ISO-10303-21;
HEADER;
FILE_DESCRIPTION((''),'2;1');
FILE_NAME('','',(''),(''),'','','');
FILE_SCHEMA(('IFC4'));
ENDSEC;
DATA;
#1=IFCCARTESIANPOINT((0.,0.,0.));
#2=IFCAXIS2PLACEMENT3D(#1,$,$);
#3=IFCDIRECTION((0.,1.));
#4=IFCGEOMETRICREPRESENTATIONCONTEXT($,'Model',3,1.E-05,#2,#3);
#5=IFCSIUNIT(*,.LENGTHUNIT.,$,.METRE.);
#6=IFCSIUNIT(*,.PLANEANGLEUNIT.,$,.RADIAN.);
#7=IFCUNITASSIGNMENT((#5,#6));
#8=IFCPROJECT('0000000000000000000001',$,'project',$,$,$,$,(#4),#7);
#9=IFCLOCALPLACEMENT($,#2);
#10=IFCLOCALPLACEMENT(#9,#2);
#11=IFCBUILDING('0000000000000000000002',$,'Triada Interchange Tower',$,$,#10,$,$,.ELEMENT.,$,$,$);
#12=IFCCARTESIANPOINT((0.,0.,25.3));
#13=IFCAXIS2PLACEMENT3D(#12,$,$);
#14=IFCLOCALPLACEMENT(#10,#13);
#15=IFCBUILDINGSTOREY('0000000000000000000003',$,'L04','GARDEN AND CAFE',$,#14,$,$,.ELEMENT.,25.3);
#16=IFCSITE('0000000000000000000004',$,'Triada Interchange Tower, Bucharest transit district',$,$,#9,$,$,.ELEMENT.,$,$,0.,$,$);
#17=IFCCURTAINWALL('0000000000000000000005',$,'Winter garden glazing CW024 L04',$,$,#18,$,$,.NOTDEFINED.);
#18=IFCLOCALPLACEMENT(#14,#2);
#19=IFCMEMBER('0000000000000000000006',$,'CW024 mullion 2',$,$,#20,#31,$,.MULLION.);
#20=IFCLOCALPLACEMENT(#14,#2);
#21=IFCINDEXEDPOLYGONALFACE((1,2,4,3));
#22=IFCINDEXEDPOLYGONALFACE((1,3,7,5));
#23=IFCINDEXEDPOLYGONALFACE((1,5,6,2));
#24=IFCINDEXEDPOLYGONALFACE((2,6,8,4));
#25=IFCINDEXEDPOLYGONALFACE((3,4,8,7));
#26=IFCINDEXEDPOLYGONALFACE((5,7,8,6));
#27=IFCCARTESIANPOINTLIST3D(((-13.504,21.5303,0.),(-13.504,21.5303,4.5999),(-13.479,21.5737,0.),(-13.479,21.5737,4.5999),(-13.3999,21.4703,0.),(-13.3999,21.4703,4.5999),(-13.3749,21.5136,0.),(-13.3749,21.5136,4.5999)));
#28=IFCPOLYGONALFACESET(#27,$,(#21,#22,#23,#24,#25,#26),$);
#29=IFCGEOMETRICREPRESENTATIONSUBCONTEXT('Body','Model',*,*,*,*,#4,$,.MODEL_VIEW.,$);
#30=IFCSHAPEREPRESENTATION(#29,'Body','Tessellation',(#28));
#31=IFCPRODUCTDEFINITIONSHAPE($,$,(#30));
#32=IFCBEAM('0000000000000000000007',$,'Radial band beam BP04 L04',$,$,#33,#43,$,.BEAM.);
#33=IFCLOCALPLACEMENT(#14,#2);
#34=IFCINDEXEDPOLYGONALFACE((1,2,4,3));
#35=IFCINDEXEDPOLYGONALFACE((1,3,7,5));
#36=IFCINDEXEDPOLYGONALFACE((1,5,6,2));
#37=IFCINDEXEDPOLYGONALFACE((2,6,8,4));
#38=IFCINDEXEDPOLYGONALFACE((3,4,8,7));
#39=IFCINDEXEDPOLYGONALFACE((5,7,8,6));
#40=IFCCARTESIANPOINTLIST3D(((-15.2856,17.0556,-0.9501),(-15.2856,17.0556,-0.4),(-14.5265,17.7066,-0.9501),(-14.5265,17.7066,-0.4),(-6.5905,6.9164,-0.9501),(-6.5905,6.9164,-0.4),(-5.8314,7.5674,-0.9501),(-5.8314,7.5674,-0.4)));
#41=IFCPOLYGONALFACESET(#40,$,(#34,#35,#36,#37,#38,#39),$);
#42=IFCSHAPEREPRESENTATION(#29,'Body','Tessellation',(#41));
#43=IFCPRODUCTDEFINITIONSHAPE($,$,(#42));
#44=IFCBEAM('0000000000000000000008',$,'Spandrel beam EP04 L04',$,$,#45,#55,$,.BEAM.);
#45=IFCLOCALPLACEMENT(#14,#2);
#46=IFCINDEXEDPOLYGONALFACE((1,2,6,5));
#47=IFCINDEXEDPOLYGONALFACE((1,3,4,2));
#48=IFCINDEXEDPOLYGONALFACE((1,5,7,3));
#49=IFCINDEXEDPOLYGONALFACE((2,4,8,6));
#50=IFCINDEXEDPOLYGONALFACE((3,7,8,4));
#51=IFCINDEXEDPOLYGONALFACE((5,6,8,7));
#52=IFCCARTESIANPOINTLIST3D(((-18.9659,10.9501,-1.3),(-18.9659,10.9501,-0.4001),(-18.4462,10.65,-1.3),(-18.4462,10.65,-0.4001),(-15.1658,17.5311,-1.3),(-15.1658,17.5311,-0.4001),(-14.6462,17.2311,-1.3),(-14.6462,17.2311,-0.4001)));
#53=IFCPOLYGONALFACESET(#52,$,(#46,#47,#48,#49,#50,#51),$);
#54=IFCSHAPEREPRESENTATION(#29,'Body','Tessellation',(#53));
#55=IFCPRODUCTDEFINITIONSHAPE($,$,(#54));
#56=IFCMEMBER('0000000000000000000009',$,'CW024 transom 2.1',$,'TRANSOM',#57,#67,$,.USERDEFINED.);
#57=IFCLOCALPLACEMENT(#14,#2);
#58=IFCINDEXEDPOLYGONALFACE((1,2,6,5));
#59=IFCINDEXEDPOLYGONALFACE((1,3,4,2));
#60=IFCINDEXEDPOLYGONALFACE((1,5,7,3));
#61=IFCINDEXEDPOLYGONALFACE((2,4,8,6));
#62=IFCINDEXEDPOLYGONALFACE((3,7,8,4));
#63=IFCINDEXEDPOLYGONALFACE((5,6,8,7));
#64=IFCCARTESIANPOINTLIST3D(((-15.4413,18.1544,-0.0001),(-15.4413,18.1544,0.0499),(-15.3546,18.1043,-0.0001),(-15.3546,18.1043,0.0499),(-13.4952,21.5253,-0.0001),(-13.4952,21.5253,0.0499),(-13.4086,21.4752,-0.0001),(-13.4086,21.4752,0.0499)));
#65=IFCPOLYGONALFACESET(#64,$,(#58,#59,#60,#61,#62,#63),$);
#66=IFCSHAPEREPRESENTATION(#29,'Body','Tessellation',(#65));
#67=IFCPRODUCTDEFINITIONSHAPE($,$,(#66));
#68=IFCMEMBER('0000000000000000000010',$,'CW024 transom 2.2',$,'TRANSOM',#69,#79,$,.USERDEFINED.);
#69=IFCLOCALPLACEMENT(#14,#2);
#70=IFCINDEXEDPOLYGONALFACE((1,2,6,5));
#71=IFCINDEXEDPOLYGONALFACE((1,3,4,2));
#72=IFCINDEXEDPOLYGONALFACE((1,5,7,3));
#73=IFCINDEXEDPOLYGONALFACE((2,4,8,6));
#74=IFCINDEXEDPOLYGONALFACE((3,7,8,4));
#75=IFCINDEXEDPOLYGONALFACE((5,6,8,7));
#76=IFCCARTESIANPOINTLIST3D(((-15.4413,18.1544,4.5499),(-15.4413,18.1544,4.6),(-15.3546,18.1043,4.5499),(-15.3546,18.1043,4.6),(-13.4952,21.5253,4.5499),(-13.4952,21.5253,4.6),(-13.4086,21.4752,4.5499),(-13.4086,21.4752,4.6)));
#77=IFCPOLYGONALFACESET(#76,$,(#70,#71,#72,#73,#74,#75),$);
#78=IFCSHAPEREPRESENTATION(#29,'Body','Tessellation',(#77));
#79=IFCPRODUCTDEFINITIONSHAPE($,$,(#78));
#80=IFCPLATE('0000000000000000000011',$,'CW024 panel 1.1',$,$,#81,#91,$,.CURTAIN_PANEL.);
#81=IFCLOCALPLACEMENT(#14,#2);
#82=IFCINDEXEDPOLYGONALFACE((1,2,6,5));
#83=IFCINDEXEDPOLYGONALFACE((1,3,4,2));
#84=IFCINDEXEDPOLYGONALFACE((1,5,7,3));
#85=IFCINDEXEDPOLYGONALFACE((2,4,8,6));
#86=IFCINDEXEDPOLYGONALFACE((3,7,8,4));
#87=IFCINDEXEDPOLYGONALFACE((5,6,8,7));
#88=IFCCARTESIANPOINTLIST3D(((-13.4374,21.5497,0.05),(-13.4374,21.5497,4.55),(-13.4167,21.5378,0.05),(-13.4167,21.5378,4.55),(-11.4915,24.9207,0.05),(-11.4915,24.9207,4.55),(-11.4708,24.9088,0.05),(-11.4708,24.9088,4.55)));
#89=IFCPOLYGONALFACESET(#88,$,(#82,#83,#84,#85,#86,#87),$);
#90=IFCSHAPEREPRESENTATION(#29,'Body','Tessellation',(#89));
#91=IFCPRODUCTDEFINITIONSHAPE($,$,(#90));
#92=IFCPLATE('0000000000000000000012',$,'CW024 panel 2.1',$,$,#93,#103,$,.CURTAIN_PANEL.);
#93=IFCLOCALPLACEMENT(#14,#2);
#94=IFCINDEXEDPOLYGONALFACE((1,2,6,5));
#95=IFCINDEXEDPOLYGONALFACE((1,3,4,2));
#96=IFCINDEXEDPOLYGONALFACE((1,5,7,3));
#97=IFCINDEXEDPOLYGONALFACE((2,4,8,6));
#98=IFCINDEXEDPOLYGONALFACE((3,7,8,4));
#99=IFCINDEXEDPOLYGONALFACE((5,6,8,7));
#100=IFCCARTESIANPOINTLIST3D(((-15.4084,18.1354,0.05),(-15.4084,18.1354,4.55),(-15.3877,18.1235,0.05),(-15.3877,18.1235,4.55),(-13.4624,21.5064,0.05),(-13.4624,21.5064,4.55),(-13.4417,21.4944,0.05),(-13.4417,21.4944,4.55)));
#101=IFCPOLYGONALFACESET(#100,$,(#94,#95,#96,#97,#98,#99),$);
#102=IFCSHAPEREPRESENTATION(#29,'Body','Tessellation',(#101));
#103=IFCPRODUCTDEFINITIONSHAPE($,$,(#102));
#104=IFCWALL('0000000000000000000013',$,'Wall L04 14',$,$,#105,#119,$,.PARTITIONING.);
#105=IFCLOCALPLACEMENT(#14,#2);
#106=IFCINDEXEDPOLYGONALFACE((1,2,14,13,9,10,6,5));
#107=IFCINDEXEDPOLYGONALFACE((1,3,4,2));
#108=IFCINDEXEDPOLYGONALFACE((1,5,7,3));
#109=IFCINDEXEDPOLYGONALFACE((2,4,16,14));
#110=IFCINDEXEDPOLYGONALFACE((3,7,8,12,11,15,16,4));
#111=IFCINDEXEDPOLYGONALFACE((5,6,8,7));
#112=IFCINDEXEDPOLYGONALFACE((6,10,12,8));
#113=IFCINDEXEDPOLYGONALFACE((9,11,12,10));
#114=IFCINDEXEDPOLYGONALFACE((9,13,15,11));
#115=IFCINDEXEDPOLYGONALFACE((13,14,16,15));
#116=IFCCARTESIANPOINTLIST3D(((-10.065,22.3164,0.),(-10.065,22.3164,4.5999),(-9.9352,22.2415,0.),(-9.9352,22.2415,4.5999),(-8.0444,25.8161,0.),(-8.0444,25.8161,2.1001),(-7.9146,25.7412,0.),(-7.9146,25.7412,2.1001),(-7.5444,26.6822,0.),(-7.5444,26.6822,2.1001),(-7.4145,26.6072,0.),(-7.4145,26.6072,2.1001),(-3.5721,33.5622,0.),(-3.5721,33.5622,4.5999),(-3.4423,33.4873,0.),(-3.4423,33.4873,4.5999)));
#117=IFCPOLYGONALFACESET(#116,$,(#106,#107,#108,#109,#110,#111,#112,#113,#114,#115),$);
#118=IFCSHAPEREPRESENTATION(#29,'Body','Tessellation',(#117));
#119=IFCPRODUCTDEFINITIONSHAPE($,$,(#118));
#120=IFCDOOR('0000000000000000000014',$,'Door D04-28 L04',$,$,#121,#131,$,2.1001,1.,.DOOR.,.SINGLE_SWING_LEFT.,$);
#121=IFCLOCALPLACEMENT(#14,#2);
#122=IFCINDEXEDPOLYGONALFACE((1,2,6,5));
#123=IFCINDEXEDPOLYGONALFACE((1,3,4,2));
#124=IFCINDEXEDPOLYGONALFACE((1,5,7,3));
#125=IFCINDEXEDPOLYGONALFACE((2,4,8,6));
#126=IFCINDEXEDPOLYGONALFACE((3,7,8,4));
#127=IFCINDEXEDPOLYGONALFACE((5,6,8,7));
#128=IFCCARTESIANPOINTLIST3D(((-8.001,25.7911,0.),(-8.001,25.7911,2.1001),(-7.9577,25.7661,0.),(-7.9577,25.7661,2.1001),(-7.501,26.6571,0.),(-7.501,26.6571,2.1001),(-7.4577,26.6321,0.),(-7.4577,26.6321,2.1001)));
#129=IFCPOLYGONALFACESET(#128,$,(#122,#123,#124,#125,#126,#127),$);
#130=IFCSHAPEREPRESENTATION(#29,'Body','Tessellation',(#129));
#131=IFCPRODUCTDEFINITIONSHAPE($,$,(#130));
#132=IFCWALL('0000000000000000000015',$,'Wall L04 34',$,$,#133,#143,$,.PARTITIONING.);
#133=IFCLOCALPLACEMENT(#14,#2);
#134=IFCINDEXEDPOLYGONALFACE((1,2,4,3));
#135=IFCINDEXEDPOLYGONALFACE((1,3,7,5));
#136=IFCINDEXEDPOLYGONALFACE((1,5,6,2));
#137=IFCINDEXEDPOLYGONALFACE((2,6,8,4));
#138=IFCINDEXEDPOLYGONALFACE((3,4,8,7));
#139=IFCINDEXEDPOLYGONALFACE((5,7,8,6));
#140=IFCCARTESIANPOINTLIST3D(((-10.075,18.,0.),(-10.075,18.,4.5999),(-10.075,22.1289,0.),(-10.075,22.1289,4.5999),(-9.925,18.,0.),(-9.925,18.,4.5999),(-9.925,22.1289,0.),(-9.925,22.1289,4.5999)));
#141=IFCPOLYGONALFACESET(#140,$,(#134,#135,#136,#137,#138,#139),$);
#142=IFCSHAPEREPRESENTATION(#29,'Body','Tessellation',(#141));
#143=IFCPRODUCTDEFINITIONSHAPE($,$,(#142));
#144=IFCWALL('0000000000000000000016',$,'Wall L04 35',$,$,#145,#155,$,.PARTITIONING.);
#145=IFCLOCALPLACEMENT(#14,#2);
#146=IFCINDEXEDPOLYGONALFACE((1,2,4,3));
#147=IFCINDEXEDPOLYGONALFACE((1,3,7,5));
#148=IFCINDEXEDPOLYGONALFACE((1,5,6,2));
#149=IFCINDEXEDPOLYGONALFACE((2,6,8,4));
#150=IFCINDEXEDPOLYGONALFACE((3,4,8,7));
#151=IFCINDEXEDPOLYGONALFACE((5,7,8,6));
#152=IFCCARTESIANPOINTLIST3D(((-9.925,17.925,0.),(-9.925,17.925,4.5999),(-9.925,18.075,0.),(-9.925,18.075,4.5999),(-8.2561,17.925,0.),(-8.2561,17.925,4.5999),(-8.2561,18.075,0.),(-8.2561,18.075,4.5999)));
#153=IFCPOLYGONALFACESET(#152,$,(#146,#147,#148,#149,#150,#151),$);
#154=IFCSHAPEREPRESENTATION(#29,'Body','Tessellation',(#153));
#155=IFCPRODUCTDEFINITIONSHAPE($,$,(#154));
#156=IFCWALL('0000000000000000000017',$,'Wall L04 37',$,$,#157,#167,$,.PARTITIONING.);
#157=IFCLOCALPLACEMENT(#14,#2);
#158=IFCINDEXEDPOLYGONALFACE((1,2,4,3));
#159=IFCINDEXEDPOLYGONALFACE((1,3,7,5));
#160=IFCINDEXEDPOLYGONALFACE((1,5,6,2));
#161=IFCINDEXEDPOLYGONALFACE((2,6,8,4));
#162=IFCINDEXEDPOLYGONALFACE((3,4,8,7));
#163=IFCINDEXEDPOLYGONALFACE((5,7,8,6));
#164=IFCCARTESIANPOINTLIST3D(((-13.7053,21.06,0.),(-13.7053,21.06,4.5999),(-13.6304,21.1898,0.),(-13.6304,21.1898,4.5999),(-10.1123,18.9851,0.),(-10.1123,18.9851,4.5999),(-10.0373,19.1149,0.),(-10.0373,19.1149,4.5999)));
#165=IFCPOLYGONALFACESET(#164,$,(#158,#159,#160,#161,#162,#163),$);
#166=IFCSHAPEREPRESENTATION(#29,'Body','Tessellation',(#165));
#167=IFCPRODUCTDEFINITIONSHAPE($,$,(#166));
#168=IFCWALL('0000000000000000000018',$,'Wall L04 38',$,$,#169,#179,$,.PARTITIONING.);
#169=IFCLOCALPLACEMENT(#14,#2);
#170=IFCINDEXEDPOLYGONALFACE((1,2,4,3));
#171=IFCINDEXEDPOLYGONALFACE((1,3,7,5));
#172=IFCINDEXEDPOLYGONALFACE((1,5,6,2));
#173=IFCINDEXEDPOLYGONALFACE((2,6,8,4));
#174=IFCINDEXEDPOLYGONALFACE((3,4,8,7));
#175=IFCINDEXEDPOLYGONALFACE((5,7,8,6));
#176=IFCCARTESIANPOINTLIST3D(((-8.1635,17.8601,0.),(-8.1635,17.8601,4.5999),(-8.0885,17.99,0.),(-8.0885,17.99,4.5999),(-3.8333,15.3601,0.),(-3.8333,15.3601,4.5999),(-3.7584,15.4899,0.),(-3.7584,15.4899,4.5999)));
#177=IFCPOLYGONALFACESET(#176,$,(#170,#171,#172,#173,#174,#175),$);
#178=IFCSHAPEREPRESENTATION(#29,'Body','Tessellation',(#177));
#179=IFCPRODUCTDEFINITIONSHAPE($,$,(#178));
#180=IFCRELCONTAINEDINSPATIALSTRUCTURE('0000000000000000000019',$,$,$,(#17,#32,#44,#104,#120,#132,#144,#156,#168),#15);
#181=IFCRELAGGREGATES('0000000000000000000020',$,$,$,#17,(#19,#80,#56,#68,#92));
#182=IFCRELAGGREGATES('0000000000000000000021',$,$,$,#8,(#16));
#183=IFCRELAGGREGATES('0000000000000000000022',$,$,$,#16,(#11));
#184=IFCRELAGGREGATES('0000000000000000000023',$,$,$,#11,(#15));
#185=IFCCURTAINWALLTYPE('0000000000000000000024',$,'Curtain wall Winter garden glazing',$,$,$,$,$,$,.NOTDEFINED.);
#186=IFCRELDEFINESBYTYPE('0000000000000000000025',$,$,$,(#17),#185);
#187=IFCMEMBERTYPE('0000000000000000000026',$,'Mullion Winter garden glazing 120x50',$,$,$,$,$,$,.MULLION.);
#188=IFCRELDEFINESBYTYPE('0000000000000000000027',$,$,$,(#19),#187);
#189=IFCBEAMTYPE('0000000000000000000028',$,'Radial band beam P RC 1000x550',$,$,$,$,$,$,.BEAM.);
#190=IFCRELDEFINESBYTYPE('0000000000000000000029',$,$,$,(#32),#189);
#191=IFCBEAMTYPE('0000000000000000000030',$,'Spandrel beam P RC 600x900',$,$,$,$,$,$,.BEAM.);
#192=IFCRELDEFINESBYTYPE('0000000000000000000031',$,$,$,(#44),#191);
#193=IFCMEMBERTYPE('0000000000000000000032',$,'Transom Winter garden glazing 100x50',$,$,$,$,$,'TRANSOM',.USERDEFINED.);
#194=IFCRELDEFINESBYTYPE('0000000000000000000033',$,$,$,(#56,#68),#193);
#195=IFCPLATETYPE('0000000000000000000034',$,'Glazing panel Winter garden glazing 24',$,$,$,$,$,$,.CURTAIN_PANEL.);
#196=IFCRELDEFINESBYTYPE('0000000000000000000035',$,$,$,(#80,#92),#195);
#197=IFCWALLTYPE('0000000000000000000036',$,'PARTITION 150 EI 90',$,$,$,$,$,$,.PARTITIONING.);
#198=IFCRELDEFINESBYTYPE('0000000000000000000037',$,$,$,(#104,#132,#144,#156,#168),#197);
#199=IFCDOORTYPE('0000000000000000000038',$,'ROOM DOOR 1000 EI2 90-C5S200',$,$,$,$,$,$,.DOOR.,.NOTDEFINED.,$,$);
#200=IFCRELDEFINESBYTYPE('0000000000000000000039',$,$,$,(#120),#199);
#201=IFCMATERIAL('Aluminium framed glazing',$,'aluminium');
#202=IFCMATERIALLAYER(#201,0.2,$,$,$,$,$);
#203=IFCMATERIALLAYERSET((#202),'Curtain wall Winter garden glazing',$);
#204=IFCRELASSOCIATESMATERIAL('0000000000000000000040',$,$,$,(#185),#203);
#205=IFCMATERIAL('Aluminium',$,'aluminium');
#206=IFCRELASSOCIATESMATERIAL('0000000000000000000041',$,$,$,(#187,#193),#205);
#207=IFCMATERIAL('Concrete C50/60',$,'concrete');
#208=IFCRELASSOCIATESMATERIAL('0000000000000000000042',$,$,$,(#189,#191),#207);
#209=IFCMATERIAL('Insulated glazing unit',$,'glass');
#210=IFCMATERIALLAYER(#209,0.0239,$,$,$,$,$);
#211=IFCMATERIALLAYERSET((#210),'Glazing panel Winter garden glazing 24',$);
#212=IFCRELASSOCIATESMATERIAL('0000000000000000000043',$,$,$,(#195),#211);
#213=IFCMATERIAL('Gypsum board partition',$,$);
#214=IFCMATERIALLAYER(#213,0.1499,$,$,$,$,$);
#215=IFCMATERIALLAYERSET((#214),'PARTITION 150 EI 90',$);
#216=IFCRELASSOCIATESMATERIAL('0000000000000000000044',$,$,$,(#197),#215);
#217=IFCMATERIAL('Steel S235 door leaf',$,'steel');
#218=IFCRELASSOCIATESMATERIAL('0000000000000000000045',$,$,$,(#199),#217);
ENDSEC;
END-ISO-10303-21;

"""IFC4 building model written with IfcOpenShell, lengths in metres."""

from ifc_helpers import new_model, si_unit, direction, frame, frame_2d, origin, origin_2d, place, context, subcontext, project, spatial, rectangle, extrude, material, layer, layer_set, material_profile, profile_set, type_object, element, fill, aggregate, save


model = new_model("IFC4")

# Units and contexts
model_context = context("Model", 3, precision=1e-05, world=origin(), true_north=direction((0.0, 1.0)))
body_context = subcontext(model_context, "Body", "Model", "MODEL_VIEW")
ifc_project = project(units=[si_unit("LENGTHUNIT", "METRE"), si_unit("PLANEANGLEUNIT", "RADIAN")], contexts=[model_context])

# Site, building, storey
site_placement = place(None, origin())
site = spatial("IfcSite", under=ifc_project, at=site_placement, Name="Triada Interchange Tower, Bucharest transit district", CompositionType="ELEMENT", RefElevation=0.0)
building_placement = place(site_placement, origin())
building = spatial("IfcBuilding", under=site, at=building_placement, Name="Triada Interchange Tower", CompositionType="ELEMENT")
storey_placement = place(building_placement, frame((0.0, 0.0, 25.3)))
storey = spatial("IfcBuildingStorey", under=building, at=storey_placement, Name="L04", Description="GARDEN AND CAFE", CompositionType="ELEMENT", Elevation=25.3)

# Curtain wall, member
ifc_material_1 = material(Name="Aluminium framed glazing", Category="aluminium")
ifc_layer_1 = layer(ifc_material_1, 0.2)
ifc_layer_set_1 = layer_set([ifc_layer_1], Name="Curtain wall Winter garden glazing")
curtain_wall_type = type_object("IfcCurtainWallType", Name="Curtain wall Winter garden glazing", PredefinedType="NOTDEFINED", material=ifc_layer_set_1)
curtain_wall_placement = place(storey_placement, origin())
curtain_wall = element("IfcCurtainWall", 1, at=curtain_wall_placement, inside=storey, type_object=curtain_wall_type, Name="Winter garden glazing CW024 L04", PredefinedType="NOTDEFINED")
ifc_material_2 = material(Name="Aluminium", Category="aluminium")
ifc_material_profile_1 = material_profile(ifc_material_2, rectangle(XDim=0.1201, YDim=0.05, at=origin_2d()), Name="Aluminium mullion")
ifc_profile_set_1 = profile_set([ifc_material_profile_1], Name="Aluminium")
member_type_1 = type_object("IfcMemberType", Name="Mullion Winter garden glazing 120x50", PredefinedType="MULLION", material=ifc_profile_set_1)
member_1_placement = place(storey_placement, frame((-13.4395, 21.522, 0.0), z_axis=(0.0, 0.0, 1.0), x_axis=(0.866055, -0.499948, 0.0)))
member_1 = element("IfcMember", 2, at=member_1_placement, type_object=member_type_1, Name="CW024 mullion 2", PredefinedType="MULLION", context=body_context, shape_type="SweptSolid", body=[
    extrude(rectangle(XDim=0.1201, YDim=0.05, at=origin_2d()), origin(), (0.0, 0.0, 1.0), 4.5999),
])

# Beams
ifc_material_3 = material(Name="Concrete C50/60", Category="concrete")
ifc_material_profile_2 = material_profile(ifc_material_3, rectangle(XDim=1.0, YDim=0.55, at=origin_2d()), Name="RC 1000x550")
ifc_profile_set_2 = profile_set([ifc_material_profile_2], Name="Concrete C50/60")
beam_type_1 = type_object("IfcBeamType", Name="Radial band beam P RC 1000x550", PredefinedType="BEAM", material=ifc_profile_set_2)
beam_1_placement = place(storey_placement, frame((-14.906, 17.3811, -0.675), z_axis=(0.65098, -0.759095, 0.0), x_axis=(0.759095, 0.65098, 0.0)))
element("IfcBeam", 3, at=beam_1_placement, inside=storey, type_object=beam_type_1, Name="Radial band beam BP04 L04", PredefinedType="BEAM", context=body_context, shape_type="SweptSolid", body=[
    extrude(rectangle(XDim=1.0, YDim=0.55, at=origin_2d()), origin(), (0.0, 0.0, 1.0), 13.3569),
])
ifc_material_profile_3 = material_profile(ifc_material_3, rectangle(XDim=0.6001, YDim=0.8999, at=origin_2d()), Name="RC 600x900")
ifc_profile_set_3 = profile_set([ifc_material_profile_3], Name="Concrete C50/60")
beam_type_2 = type_object("IfcBeamType", Name="Spandrel beam P RC 600x900", PredefinedType="BEAM", material=ifc_profile_set_3)
beam_2_placement = place(storey_placement, frame((-14.906, 17.3811, -0.8501), z_axis=(-0.500047, -0.865998, 0.0), x_axis=(0.865998, -0.500047, 0.0)))
element("IfcBeam", 4, at=beam_2_placement, inside=storey, type_object=beam_type_2, Name="Spandrel beam EP04 L04", PredefinedType="BEAM", context=body_context, shape_type="SweptSolid", body=[
    extrude(rectangle(XDim=0.6001, YDim=0.8999, at=origin_2d()), origin(), (0.0, 0.0, 1.0), 7.5994),
])

# Members
ifc_material_profile_4 = material_profile(ifc_material_2, rectangle(XDim=0.1001, YDim=0.05, at=origin_2d()), Name="Aluminium transom")
ifc_profile_set_4 = profile_set([ifc_material_profile_4], Name="Aluminium")
member_type_2 = type_object("IfcMemberType", Name="Transom Winter garden glazing 100x50", ElementType="TRANSOM", PredefinedType="USERDEFINED", material=ifc_profile_set_4)
member_2_placement = place(storey_placement, frame((-13.4519, 21.5002, 0.0249), z_axis=(-0.499978, -0.866038, 0.0), x_axis=(0.866038, -0.499978, 0.0)))
member_2 = element("IfcMember", 5, at=member_2_placement, type_object=member_type_2, Name="CW024 transom 2.1", ObjectType="TRANSOM", PredefinedType="USERDEFINED", context=body_context, shape_type="SweptSolid", body=[
    extrude(rectangle(XDim=0.1001, YDim=0.05, at=origin_2d()), origin(), (0.0, 0.0, 1.0), 3.8923),
])
member_3_placement = place(storey_placement, frame((-13.4519, 21.5002, 4.575), z_axis=(-0.499978, -0.866038, 0.0), x_axis=(0.866038, -0.499978, 0.0)))
member_3 = element("IfcMember", 6, at=member_3_placement, type_object=member_type_2, Name="CW024 transom 2.2", ObjectType="TRANSOM", PredefinedType="USERDEFINED", context=body_context, shape_type="SweptSolid", body=[
    extrude(rectangle(XDim=0.1001, YDim=0.05, at=origin_2d()), origin(), (0.0, 0.0, 1.0), 3.8923),
])

# Plates
ifc_material_4 = material(Name="Insulated glazing unit", Category="glass")
ifc_layer_2 = layer(ifc_material_4, 0.0239)
ifc_layer_set_2 = layer_set([ifc_layer_2], Name="Glazing panel Winter garden glazing 24")
plate_type = type_object("IfcPlateType", Name="Glazing panel Winter garden glazing 24", PredefinedType="CURTAIN_PANEL", material=ifc_layer_set_2)
plate_1_placement = place(storey_placement, frame((-12.4541, 23.2292, 0.05), z_axis=(0.0, 0.0, 1.0), x_axis=(-0.499948, -0.866055, 0.0)))
plate_1 = element("IfcPlate", 7, at=plate_1_placement, type_object=plate_type, Name="CW024 panel 1.1", PredefinedType="CURTAIN_PANEL", context=body_context, shape_type="SweptSolid", body=[
    extrude(rectangle(XDim=3.8923, YDim=0.0239, at=origin_2d()), origin(), (0.0, 0.0, 1.0), 4.5),
])
plate_2_placement = place(storey_placement, frame((-14.425, 19.8149, 0.05), z_axis=(0.0, 0.0, 1.0), x_axis=(-0.499948, -0.866055, 0.0)))
plate_2 = element("IfcPlate", 8, at=plate_2_placement, type_object=plate_type, Name="CW024 panel 2.1", PredefinedType="CURTAIN_PANEL", context=body_context, shape_type="SweptSolid", body=[
    extrude(rectangle(XDim=3.8923, YDim=0.0239, at=origin_2d()), origin(), (0.0, 0.0, 1.0), 4.5),
])
aggregate(curtain_wall, [member_1, plate_1, member_2, member_3, plate_2])

# Wall, opening, door
ifc_material_5 = material(Name="Steel S235 door leaf", Category="steel")
ifc_material_6 = material(Name="Gypsum board partition")
ifc_layer_3 = layer(ifc_material_6, 0.1499)
ifc_layer_set_3 = layer_set([ifc_layer_3], Name="PARTITION 150 EI 90")
wall_type_1 = type_object("IfcWallType", Name="PARTITION 150 EI 90", PredefinedType="PARTITIONING", material=ifc_layer_set_3)
wall_1_placement = place(storey_placement, frame((-10.0, 22.2791, 0.0), z_axis=(0.0, 0.0, 1.0), x_axis=(0.500007, 0.866021, 0.0)))
wall_1 = element("IfcWall", 9, at=wall_1_placement, inside=storey, type_object=wall_type_1, Name="Wall L04 14", PredefinedType="PARTITIONING", context=body_context, shape_type="SweptSolid", body=[
    extrude(rectangle(XDim=12.9856, YDim=0.1499, at=frame_2d((6.4927, 0.0))), origin(), (0.0, 0.0, 1.0), 4.5999),
])
opening_1_placement = place(wall_1_placement, frame((4.041, 0.0, 0.0)))
opening_1 = element("IfcOpeningElement", 10, at=opening_1_placement, cuts=wall_1, PredefinedType="OPENING", context=body_context, shape_type="SweptSolid", body=[
    extrude(rectangle(XDim=1.0, YDim=2.1001, at=frame_2d((0.5, 1.05))), frame((0.0, 0.085, 0.0), z_axis=(0.0, -1.0, 0.0), x_axis=(1.0, 0.0, 0.0)), (0.0, 0.0, 1.0), 0.1699),
])
door_type_1 = type_object("IfcDoorType", Name="ROOM DOOR 1000 EI2 90-C5S200", OperationType="NOTDEFINED", PredefinedType="DOOR", material=ifc_material_5)
door_1_placement = place(opening_1_placement, origin())
door_1 = element("IfcDoor", 11, at=door_1_placement, inside=storey, type_object=door_type_1, Name="Door D04-28 L04", OperationType="SINGLE_SWING_LEFT", OverallHeight=2.1001, OverallWidth=1.0, PredefinedType="DOOR", context=body_context, shape_type="SweptSolid", body=[
    extrude(rectangle(XDim=1.0, YDim=2.1001, at=frame_2d((0.5, 1.05))), frame((0.0, 0.0249, 0.0), z_axis=(0.0, -1.0, 0.0), x_axis=(1.0, 0.0, 0.0)), (0.0, 0.0, 1.0), 0.05),
])
fill(opening_1, door_1)

# Walls
wall_2_placement = place(storey_placement, frame((-10.0, 18.0, 0.0), z_axis=(0.0, 0.0, 1.0), x_axis=(0.0, 1.0, 0.0)))
element("IfcWall", 12, at=wall_2_placement, inside=storey, type_object=wall_type_1, Name="Wall L04 34", PredefinedType="PARTITIONING", context=body_context, shape_type="SweptSolid", body=[
    extrude(rectangle(XDim=4.1289, YDim=0.1499, at=frame_2d((2.0645, 0.0))), origin(), (0.0, 0.0, 1.0), 4.5999),
])
wall_3_placement = place(storey_placement, frame((-9.925, 18.0, 0.0), z_axis=(0.0, 0.0, 1.0), x_axis=(1.0, 0.0, 0.0)))
element("IfcWall", 13, at=wall_3_placement, inside=storey, type_object=wall_type_1, Name="Wall L04 35", PredefinedType="PARTITIONING", context=body_context, shape_type="SweptSolid", body=[
    extrude(rectangle(XDim=1.6689, YDim=0.1499, at=frame_2d((0.8345, 0.0))), origin(), (0.0, 0.0, 1.0), 4.5999),
])
wall_4_placement = place(storey_placement, frame((-13.668, 21.125, 0.0), z_axis=(0.0, 0.0, 1.0), x_axis=(0.865971, -0.500094, 0.0)))
element("IfcWall", 14, at=wall_4_placement, inside=storey, type_object=wall_type_1, Name="Wall L04 37", PredefinedType="PARTITIONING", context=body_context, shape_type="SweptSolid", body=[
    extrude(rectangle(XDim=4.1492, YDim=0.1499, at=frame_2d((2.0747, 0.0))), origin(), (0.0, 0.0, 1.0), 4.5999),
])
wall_5_placement = place(storey_placement, frame((-8.126, 17.925, 0.0), z_axis=(0.0, 0.0, 1.0), x_axis=(0.866023, -0.500004, 0.0)))
element("IfcWall", 15, at=wall_5_placement, inside=storey, type_object=wall_type_1, Name="Wall L04 38", PredefinedType="PARTITIONING", context=body_context, shape_type="SweptSolid", body=[
    extrude(rectangle(XDim=5.0, YDim=0.1499, at=frame_2d((2.5, 0.0))), origin(), (0.0, 0.0, 1.0), 4.5999),
])

save(model, "model.ifc")
